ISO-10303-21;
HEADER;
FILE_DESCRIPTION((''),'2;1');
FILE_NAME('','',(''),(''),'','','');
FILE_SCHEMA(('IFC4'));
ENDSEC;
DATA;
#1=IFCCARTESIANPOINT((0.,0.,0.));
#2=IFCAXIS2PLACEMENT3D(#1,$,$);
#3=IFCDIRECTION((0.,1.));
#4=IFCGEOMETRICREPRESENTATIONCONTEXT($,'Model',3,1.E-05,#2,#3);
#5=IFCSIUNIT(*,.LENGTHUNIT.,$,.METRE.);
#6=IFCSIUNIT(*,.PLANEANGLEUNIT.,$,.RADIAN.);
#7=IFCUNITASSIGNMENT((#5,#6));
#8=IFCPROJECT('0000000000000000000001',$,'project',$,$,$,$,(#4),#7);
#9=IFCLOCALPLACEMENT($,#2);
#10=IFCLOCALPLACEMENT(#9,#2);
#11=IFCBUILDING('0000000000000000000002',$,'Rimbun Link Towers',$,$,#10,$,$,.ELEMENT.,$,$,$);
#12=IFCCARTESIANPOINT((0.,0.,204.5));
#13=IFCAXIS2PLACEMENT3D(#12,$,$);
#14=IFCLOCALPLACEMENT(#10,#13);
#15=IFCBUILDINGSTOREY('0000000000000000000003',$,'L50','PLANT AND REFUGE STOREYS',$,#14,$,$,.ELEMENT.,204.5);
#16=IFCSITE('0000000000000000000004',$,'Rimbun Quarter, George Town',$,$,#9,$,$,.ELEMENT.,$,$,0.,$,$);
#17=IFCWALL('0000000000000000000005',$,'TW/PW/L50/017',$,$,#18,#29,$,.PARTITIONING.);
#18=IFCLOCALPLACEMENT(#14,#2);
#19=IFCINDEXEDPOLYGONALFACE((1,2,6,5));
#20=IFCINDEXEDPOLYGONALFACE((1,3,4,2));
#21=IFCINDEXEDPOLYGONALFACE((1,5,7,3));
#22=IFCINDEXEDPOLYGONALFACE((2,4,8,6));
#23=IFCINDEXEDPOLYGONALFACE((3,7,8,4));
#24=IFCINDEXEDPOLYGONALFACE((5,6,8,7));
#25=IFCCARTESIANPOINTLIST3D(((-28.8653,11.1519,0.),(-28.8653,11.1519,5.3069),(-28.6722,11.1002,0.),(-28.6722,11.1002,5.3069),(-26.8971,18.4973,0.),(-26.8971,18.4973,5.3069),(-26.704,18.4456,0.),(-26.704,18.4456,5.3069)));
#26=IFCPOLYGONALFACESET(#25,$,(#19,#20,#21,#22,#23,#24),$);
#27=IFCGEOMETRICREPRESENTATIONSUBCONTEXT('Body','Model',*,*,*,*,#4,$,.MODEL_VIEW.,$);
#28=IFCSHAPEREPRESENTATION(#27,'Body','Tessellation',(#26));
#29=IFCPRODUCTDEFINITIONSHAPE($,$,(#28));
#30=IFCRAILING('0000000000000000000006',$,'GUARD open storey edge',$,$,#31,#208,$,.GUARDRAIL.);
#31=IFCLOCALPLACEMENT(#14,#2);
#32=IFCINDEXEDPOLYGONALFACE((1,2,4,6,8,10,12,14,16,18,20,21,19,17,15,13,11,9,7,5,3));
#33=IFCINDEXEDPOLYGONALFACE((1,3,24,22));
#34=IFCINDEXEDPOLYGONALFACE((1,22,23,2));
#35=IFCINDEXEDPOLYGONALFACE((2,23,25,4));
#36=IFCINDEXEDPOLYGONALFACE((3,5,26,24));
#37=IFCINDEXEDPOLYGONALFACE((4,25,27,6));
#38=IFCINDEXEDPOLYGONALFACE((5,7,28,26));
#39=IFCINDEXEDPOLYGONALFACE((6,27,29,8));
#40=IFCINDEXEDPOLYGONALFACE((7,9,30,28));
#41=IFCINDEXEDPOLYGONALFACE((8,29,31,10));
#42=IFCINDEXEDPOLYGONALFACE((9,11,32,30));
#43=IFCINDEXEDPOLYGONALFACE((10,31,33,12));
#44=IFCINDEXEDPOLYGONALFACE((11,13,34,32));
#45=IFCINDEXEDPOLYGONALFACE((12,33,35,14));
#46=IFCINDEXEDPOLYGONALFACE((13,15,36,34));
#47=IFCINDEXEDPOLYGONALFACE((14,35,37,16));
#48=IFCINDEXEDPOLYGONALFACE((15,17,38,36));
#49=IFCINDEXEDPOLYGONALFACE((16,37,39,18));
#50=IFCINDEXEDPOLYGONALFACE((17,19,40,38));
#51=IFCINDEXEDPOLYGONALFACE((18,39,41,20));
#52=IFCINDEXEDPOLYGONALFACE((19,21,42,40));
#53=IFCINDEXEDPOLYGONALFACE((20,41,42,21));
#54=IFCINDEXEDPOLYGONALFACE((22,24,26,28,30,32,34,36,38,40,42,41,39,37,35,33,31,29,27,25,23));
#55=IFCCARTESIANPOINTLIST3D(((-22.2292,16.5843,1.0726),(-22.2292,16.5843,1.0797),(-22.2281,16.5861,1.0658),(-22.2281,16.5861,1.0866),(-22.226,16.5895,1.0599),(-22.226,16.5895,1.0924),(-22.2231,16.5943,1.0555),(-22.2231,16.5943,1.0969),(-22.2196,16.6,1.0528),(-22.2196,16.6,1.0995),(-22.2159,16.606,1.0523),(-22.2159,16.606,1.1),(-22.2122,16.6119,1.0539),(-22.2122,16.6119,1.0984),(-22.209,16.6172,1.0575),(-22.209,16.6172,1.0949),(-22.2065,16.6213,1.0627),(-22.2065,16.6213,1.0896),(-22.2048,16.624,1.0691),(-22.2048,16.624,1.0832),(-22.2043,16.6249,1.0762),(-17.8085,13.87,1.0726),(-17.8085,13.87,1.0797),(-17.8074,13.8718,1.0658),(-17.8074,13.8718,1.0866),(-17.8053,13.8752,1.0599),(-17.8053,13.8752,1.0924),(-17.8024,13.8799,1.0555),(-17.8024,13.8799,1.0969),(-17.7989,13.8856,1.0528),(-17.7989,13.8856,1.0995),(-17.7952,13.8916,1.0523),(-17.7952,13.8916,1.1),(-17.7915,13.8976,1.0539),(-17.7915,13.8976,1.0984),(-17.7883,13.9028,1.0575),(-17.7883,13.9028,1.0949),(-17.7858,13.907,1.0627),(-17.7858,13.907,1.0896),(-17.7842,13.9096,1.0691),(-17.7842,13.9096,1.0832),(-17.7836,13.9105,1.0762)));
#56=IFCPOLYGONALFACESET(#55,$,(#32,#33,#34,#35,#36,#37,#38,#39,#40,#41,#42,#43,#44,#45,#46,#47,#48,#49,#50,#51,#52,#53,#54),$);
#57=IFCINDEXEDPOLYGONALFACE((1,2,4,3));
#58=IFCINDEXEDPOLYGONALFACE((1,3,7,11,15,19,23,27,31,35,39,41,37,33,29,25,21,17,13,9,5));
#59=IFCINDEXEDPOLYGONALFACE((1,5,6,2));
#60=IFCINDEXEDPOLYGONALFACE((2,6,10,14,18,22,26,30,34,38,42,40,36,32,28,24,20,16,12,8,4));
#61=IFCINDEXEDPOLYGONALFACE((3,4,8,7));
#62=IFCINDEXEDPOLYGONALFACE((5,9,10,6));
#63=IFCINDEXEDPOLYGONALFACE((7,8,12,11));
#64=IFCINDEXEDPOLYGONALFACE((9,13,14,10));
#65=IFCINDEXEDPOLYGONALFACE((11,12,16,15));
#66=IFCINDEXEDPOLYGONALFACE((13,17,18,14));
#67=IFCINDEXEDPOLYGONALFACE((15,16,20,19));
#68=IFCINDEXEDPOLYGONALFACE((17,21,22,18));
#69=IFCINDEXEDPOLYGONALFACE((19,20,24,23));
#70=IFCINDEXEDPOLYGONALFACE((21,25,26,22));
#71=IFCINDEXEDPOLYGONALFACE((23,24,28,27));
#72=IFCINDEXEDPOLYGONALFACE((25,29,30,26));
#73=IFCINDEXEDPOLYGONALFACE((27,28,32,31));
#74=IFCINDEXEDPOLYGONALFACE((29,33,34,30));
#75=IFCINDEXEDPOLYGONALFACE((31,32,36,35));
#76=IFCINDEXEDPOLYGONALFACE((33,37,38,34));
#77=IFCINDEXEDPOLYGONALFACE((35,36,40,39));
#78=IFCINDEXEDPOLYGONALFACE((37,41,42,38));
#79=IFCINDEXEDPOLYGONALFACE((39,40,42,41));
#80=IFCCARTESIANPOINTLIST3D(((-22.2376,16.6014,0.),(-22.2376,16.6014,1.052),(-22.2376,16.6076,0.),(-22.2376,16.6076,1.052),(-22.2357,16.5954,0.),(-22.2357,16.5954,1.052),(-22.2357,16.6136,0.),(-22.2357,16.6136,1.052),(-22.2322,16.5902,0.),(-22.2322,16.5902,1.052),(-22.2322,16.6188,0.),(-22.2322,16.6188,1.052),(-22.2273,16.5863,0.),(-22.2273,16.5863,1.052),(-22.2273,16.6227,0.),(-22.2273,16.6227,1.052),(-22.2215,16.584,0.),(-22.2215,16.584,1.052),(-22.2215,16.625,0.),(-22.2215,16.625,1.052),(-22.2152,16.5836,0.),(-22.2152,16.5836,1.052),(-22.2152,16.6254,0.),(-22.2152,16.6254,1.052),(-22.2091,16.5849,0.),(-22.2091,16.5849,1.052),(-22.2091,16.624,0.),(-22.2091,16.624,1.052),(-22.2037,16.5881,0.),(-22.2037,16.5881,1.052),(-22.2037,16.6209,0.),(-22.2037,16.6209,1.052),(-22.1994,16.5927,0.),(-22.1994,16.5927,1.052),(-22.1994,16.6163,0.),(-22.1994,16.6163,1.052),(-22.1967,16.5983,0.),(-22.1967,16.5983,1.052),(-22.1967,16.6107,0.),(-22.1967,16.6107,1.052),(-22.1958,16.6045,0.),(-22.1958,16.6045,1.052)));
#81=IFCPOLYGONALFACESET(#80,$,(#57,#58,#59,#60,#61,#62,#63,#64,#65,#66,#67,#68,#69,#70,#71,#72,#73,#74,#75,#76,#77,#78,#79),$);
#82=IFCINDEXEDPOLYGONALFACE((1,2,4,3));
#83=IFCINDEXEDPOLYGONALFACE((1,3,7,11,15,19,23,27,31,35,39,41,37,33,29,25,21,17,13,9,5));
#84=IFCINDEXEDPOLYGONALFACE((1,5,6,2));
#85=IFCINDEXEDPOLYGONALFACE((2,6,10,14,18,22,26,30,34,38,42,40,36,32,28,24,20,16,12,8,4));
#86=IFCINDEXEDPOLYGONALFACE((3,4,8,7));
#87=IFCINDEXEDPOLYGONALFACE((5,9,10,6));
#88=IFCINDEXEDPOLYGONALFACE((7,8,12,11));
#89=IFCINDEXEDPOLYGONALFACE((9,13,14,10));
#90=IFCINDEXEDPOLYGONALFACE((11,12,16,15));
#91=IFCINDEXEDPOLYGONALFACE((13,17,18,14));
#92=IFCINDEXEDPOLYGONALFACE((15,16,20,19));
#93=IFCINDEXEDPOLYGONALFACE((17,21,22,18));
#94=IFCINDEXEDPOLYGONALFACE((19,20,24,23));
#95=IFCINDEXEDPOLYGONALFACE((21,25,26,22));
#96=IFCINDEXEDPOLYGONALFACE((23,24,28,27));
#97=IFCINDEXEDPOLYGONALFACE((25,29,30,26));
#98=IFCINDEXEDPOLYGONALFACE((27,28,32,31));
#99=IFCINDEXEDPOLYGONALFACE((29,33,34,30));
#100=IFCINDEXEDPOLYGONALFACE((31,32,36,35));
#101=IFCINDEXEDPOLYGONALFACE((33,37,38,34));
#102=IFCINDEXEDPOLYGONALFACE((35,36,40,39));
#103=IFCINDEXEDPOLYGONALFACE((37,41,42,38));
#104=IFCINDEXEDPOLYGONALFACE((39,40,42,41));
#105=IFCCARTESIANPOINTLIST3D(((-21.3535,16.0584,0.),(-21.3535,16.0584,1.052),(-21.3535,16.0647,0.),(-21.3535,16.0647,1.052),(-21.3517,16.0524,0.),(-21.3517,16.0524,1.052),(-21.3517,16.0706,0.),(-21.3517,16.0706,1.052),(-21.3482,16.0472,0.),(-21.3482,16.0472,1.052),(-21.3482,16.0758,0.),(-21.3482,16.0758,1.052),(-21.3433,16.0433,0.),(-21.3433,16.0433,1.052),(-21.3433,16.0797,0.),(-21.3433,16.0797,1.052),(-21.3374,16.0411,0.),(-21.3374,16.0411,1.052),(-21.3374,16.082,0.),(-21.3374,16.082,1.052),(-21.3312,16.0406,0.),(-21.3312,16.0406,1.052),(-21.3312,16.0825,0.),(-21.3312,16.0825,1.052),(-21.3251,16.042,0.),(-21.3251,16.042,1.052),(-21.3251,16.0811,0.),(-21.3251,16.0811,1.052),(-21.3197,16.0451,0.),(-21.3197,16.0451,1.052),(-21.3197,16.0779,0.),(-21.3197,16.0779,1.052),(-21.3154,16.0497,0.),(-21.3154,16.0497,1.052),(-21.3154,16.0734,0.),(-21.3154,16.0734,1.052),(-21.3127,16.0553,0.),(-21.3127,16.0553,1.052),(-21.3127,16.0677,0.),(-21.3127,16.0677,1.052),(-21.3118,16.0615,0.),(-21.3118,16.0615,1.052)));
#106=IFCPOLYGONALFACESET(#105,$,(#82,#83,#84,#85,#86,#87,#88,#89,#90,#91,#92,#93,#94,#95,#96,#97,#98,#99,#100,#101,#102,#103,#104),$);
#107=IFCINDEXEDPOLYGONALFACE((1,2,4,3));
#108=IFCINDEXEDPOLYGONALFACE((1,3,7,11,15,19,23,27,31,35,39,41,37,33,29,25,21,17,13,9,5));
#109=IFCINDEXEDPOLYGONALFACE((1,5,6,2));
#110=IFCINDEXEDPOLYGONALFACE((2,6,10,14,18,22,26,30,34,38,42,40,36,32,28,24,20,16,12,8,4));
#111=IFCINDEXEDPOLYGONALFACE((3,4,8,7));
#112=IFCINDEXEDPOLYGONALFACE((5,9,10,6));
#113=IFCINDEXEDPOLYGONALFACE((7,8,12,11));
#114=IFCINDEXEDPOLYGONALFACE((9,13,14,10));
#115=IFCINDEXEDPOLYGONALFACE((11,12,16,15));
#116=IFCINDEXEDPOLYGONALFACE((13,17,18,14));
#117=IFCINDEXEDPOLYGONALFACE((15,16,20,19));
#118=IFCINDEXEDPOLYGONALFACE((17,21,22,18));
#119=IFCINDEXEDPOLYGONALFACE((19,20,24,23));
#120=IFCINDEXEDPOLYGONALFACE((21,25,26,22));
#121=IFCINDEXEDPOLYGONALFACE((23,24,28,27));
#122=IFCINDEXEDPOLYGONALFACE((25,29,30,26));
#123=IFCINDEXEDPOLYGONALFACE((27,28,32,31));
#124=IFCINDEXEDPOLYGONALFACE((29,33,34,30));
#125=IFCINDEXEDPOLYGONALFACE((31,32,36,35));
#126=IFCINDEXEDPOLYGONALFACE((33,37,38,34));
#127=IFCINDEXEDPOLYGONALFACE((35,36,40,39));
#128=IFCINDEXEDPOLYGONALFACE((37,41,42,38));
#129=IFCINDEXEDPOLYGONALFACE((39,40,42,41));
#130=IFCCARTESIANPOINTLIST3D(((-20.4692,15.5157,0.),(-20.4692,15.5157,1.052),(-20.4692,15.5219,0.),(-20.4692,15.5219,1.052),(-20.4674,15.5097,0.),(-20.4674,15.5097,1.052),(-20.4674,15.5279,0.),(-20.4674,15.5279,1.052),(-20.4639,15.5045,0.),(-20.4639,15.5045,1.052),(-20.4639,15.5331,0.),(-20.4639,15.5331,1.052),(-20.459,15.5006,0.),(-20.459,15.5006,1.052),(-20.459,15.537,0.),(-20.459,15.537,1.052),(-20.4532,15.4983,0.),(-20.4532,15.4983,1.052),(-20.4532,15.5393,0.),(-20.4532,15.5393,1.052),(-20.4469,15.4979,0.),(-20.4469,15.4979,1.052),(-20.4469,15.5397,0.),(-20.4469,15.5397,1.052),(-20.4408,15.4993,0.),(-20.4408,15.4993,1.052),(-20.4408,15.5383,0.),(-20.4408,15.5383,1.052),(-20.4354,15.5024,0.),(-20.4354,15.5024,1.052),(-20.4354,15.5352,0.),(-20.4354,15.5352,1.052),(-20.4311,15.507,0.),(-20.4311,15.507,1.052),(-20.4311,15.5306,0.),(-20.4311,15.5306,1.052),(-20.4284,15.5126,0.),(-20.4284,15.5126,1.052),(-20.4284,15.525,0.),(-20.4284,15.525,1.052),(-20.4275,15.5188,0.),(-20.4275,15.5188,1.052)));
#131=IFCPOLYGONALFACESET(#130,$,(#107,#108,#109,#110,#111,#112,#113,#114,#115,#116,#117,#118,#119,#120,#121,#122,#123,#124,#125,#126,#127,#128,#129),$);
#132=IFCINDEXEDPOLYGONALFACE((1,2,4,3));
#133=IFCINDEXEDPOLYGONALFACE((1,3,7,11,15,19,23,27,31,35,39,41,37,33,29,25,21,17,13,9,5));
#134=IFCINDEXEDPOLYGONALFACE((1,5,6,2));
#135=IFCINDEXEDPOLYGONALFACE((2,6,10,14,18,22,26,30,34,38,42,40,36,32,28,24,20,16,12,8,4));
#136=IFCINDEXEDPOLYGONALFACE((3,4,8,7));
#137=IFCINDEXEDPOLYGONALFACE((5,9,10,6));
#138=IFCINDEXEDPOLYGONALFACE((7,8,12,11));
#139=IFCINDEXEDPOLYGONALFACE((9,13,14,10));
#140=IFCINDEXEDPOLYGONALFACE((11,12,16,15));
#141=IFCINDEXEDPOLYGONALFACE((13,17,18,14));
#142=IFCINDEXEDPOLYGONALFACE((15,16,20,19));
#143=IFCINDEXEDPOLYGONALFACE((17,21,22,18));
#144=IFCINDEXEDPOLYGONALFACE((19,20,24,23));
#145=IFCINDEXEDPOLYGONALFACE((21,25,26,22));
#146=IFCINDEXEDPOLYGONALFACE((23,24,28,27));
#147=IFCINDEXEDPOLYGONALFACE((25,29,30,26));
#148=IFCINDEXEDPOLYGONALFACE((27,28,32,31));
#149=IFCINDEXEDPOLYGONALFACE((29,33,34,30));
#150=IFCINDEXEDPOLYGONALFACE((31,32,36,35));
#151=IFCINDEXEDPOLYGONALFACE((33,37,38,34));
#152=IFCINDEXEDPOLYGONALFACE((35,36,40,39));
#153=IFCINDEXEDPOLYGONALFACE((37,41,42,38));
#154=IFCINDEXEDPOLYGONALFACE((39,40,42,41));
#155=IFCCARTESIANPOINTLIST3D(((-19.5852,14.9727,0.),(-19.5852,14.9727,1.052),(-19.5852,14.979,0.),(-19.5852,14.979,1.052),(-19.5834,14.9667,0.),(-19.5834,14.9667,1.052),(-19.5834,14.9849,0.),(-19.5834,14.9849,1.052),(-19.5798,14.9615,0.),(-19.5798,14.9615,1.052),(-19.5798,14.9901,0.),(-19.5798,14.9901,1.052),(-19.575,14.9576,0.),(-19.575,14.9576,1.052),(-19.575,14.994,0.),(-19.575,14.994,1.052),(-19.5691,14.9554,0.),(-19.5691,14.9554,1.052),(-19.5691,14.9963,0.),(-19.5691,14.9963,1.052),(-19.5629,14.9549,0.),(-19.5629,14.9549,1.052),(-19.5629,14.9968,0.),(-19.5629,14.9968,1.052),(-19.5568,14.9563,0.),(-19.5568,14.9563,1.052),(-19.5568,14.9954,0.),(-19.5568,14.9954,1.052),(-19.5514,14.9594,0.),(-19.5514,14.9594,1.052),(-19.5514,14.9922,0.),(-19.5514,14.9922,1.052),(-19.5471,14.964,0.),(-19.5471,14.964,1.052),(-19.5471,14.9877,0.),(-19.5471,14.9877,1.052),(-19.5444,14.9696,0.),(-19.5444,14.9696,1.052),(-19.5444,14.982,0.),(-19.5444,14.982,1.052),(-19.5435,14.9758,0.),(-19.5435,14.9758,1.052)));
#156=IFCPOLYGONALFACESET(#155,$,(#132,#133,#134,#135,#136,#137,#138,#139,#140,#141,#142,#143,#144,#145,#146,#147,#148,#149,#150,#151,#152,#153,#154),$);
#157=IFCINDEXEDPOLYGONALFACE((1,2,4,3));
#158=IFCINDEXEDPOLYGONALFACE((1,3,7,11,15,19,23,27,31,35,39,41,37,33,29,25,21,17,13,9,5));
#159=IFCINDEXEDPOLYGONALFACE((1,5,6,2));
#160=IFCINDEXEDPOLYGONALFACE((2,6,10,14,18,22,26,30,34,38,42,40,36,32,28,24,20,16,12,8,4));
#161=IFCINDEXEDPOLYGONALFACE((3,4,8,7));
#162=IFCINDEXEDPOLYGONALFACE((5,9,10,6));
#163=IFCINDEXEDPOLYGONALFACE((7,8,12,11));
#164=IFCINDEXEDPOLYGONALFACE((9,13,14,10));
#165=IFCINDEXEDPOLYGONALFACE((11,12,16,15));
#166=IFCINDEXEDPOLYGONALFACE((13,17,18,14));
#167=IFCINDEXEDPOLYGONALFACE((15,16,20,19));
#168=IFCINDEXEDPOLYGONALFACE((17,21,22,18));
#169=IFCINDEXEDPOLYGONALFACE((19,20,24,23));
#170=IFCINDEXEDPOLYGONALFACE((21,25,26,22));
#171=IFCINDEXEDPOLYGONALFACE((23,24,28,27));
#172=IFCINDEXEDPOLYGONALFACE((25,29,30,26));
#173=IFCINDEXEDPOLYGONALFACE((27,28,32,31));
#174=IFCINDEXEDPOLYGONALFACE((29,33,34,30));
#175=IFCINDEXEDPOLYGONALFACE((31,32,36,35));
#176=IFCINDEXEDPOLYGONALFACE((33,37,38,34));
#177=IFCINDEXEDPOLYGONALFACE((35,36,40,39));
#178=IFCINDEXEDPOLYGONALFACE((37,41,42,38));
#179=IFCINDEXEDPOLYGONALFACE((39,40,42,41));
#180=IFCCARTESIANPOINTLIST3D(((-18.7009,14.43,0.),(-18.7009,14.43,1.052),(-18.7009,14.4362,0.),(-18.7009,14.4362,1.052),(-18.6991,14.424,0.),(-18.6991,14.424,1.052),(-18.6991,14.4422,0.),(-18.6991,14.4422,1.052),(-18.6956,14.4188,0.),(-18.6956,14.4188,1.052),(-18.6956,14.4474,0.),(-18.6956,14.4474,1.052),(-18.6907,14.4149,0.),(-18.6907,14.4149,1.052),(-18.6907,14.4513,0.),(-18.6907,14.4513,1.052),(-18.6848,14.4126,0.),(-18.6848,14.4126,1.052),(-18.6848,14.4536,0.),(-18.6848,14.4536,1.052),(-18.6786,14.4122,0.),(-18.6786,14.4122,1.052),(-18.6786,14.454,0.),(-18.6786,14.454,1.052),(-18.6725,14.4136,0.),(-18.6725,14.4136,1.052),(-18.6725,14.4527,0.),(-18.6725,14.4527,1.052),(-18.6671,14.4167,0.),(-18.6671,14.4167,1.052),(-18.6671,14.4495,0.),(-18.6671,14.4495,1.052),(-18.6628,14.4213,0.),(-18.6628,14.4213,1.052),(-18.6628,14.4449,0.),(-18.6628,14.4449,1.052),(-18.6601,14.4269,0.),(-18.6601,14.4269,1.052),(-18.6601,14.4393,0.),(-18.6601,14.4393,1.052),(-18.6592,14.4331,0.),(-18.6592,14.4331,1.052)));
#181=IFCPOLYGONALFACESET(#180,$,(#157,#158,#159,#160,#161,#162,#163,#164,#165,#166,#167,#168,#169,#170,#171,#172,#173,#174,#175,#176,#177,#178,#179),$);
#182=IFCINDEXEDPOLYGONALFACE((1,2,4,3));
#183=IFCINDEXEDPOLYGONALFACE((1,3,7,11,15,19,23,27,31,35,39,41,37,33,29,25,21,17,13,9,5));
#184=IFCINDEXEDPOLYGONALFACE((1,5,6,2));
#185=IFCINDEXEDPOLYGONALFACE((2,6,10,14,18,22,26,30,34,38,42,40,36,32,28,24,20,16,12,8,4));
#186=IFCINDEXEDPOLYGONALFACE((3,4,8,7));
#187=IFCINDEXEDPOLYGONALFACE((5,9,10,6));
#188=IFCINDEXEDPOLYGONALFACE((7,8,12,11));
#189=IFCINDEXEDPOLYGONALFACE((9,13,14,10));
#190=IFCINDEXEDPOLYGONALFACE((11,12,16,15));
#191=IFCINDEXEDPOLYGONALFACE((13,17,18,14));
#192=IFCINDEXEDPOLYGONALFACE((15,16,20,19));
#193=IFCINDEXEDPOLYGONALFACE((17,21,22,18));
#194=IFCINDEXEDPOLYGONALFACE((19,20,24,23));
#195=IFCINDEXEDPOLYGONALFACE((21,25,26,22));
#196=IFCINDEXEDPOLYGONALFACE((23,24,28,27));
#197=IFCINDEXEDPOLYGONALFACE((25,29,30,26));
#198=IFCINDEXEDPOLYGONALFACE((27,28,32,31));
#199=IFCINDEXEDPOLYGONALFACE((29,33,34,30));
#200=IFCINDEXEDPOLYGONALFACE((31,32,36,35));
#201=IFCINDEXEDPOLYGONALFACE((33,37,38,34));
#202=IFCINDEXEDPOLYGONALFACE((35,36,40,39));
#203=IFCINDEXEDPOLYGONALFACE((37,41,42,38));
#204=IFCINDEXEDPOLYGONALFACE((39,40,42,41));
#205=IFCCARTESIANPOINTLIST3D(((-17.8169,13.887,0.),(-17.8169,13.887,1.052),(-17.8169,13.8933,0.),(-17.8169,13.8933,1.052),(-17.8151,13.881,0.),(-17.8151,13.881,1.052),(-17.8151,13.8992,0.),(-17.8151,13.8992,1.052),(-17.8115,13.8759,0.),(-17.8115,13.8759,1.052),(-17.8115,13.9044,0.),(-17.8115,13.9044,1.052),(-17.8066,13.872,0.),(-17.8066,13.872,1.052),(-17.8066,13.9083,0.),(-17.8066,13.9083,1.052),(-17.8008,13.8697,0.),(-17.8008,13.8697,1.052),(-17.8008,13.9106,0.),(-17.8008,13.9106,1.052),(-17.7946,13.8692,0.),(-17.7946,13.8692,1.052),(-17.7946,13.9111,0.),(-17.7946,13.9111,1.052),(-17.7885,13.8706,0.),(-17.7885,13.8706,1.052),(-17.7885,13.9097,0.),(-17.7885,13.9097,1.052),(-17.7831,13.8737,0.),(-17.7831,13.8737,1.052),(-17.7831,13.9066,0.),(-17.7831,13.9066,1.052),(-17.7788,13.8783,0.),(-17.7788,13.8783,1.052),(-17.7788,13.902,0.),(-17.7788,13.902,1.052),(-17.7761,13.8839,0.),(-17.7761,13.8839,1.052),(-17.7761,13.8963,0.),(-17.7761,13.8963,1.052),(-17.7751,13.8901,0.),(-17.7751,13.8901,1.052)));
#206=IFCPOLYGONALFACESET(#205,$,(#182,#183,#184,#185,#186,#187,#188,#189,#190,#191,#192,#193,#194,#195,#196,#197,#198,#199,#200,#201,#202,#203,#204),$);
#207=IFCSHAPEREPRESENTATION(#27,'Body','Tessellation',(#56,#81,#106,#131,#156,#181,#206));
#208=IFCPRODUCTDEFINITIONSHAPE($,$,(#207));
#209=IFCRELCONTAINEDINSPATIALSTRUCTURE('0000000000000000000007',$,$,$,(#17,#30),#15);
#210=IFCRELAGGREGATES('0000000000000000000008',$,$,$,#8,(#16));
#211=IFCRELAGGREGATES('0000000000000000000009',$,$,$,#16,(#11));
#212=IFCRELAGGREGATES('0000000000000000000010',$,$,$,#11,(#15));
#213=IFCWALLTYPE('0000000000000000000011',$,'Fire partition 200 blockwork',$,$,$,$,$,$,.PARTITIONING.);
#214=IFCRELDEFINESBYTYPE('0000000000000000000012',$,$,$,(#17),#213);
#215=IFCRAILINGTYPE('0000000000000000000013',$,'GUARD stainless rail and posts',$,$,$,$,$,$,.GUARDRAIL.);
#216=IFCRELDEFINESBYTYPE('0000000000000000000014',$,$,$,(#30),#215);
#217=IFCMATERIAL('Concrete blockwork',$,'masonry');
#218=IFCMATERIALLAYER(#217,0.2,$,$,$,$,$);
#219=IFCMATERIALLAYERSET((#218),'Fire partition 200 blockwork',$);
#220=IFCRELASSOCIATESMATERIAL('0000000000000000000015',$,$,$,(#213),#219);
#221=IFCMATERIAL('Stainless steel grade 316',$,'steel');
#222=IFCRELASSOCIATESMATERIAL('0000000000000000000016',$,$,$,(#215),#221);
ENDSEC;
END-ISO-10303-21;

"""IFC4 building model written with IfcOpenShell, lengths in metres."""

from ifc_helpers import new_model, si_unit, direction, frame, frame_2d, origin, origin_2d, place, context, subcontext, project, spatial, rectangle, circle, extrude, material, layer, layer_set, type_object, element, save


model = new_model("IFC4")

# Units and contexts
model_context = context("Model", 3, precision=1e-05, world=origin(), true_north=direction((0.0, 1.0)))
body_context = subcontext(model_context, "Body", "Model", "MODEL_VIEW")
ifc_project = project(units=[si_unit("LENGTHUNIT", "METRE"), si_unit("PLANEANGLEUNIT", "RADIAN")], contexts=[model_context])

# Site, building, storey
site_placement = place(None, origin())
site = spatial("IfcSite", under=ifc_project, at=site_placement, Name="Rimbun Quarter, George Town", CompositionType="ELEMENT", RefElevation=0.0)
building_placement = place(site_placement, origin())
building = spatial("IfcBuilding", under=site, at=building_placement, Name="Rimbun Link Towers", CompositionType="ELEMENT")
storey_placement = place(building_placement, frame((0.0, 0.0, 204.5)))
storey = spatial("IfcBuildingStorey", under=building, at=storey_placement, Name="L50", Description="PLANT AND REFUGE STOREYS", CompositionType="ELEMENT", Elevation=204.5)

# Wall
ifc_material_1 = material(Name="Concrete blockwork", Category="masonry")
ifc_layer = layer(ifc_material_1, 0.2)
ifc_layer_set = layer_set([ifc_layer], Name="Fire partition 200 blockwork")
wall_type = type_object("IfcWallType", Name="Fire partition 200 blockwork", PredefinedType="PARTITIONING", material=ifc_layer_set)
wall_placement = place(storey_placement, frame((-26.8005, 18.4714, 0.0), z_axis=(0.0, 0.0, 1.0), x_axis=(-0.258825, -0.965924, 0.0)))
element("IfcWall", 1, at=wall_placement, inside=storey, type_object=wall_type, Name="TW/PW/L50/017", PredefinedType="PARTITIONING", context=body_context, shape_type="SweptSolid", body=[
    extrude(rectangle(XDim=7.6045, YDim=0.2, at=frame_2d((3.8022, 0.0))), origin(), (0.0, 0.0, 1.0), 5.3069),
])

# Railing
ifc_material_2 = material(Name="Stainless steel grade 316", Category="steel")
railing_type = type_object("IfcRailingType", Name="GUARD stainless rail and posts", PredefinedType="GUARDRAIL", material=ifc_material_2)
railing_1_placement = place(storey_placement, frame((-22.2168, 16.6045, 0.0)))
element("IfcRailing", 2, at=railing_1_placement, inside=storey, type_object=railing_type, Name="GUARD open storey edge", PredefinedType="GUARDRAIL", context=body_context, shape_type="SweptSolid", body=[
    extrude(circle(Radius=0.0239, at=origin_2d()), frame((0.0, 0.0, 1.0762), z_axis=(0.852178, -0.523252, 0.0), x_axis=(0.523252, 0.852178, 0.0)), (0.0, 0.0, 1.0), 5.1875),
    extrude(circle(Radius=0.021, at=origin_2d()), origin(), (0.0, 0.0, 1.0), 1.052),
    extrude(circle(Radius=0.021, at=origin_2d()), frame((0.884, -0.543, 0.0)), (0.0, 0.0, 1.0), 1.052),
    extrude(circle(Radius=0.021, at=origin_2d()), frame((1.7683, -1.0857, 0.0)), (0.0, 0.0, 1.0), 1.052),
    extrude(circle(Radius=0.021, at=origin_2d()), frame((2.6523, -1.6287, 0.0)), (0.0, 0.0, 1.0), 1.052),
    extrude(circle(Radius=0.021, at=origin_2d()), frame((3.5366, -2.1714, 0.0)), (0.0, 0.0, 1.0), 1.052),
    extrude(circle(Radius=0.021, at=origin_2d()), frame((4.4207, -2.7144, 0.0)), (0.0, 0.0, 1.0), 1.052),
])

save(model, "model.ifc")
